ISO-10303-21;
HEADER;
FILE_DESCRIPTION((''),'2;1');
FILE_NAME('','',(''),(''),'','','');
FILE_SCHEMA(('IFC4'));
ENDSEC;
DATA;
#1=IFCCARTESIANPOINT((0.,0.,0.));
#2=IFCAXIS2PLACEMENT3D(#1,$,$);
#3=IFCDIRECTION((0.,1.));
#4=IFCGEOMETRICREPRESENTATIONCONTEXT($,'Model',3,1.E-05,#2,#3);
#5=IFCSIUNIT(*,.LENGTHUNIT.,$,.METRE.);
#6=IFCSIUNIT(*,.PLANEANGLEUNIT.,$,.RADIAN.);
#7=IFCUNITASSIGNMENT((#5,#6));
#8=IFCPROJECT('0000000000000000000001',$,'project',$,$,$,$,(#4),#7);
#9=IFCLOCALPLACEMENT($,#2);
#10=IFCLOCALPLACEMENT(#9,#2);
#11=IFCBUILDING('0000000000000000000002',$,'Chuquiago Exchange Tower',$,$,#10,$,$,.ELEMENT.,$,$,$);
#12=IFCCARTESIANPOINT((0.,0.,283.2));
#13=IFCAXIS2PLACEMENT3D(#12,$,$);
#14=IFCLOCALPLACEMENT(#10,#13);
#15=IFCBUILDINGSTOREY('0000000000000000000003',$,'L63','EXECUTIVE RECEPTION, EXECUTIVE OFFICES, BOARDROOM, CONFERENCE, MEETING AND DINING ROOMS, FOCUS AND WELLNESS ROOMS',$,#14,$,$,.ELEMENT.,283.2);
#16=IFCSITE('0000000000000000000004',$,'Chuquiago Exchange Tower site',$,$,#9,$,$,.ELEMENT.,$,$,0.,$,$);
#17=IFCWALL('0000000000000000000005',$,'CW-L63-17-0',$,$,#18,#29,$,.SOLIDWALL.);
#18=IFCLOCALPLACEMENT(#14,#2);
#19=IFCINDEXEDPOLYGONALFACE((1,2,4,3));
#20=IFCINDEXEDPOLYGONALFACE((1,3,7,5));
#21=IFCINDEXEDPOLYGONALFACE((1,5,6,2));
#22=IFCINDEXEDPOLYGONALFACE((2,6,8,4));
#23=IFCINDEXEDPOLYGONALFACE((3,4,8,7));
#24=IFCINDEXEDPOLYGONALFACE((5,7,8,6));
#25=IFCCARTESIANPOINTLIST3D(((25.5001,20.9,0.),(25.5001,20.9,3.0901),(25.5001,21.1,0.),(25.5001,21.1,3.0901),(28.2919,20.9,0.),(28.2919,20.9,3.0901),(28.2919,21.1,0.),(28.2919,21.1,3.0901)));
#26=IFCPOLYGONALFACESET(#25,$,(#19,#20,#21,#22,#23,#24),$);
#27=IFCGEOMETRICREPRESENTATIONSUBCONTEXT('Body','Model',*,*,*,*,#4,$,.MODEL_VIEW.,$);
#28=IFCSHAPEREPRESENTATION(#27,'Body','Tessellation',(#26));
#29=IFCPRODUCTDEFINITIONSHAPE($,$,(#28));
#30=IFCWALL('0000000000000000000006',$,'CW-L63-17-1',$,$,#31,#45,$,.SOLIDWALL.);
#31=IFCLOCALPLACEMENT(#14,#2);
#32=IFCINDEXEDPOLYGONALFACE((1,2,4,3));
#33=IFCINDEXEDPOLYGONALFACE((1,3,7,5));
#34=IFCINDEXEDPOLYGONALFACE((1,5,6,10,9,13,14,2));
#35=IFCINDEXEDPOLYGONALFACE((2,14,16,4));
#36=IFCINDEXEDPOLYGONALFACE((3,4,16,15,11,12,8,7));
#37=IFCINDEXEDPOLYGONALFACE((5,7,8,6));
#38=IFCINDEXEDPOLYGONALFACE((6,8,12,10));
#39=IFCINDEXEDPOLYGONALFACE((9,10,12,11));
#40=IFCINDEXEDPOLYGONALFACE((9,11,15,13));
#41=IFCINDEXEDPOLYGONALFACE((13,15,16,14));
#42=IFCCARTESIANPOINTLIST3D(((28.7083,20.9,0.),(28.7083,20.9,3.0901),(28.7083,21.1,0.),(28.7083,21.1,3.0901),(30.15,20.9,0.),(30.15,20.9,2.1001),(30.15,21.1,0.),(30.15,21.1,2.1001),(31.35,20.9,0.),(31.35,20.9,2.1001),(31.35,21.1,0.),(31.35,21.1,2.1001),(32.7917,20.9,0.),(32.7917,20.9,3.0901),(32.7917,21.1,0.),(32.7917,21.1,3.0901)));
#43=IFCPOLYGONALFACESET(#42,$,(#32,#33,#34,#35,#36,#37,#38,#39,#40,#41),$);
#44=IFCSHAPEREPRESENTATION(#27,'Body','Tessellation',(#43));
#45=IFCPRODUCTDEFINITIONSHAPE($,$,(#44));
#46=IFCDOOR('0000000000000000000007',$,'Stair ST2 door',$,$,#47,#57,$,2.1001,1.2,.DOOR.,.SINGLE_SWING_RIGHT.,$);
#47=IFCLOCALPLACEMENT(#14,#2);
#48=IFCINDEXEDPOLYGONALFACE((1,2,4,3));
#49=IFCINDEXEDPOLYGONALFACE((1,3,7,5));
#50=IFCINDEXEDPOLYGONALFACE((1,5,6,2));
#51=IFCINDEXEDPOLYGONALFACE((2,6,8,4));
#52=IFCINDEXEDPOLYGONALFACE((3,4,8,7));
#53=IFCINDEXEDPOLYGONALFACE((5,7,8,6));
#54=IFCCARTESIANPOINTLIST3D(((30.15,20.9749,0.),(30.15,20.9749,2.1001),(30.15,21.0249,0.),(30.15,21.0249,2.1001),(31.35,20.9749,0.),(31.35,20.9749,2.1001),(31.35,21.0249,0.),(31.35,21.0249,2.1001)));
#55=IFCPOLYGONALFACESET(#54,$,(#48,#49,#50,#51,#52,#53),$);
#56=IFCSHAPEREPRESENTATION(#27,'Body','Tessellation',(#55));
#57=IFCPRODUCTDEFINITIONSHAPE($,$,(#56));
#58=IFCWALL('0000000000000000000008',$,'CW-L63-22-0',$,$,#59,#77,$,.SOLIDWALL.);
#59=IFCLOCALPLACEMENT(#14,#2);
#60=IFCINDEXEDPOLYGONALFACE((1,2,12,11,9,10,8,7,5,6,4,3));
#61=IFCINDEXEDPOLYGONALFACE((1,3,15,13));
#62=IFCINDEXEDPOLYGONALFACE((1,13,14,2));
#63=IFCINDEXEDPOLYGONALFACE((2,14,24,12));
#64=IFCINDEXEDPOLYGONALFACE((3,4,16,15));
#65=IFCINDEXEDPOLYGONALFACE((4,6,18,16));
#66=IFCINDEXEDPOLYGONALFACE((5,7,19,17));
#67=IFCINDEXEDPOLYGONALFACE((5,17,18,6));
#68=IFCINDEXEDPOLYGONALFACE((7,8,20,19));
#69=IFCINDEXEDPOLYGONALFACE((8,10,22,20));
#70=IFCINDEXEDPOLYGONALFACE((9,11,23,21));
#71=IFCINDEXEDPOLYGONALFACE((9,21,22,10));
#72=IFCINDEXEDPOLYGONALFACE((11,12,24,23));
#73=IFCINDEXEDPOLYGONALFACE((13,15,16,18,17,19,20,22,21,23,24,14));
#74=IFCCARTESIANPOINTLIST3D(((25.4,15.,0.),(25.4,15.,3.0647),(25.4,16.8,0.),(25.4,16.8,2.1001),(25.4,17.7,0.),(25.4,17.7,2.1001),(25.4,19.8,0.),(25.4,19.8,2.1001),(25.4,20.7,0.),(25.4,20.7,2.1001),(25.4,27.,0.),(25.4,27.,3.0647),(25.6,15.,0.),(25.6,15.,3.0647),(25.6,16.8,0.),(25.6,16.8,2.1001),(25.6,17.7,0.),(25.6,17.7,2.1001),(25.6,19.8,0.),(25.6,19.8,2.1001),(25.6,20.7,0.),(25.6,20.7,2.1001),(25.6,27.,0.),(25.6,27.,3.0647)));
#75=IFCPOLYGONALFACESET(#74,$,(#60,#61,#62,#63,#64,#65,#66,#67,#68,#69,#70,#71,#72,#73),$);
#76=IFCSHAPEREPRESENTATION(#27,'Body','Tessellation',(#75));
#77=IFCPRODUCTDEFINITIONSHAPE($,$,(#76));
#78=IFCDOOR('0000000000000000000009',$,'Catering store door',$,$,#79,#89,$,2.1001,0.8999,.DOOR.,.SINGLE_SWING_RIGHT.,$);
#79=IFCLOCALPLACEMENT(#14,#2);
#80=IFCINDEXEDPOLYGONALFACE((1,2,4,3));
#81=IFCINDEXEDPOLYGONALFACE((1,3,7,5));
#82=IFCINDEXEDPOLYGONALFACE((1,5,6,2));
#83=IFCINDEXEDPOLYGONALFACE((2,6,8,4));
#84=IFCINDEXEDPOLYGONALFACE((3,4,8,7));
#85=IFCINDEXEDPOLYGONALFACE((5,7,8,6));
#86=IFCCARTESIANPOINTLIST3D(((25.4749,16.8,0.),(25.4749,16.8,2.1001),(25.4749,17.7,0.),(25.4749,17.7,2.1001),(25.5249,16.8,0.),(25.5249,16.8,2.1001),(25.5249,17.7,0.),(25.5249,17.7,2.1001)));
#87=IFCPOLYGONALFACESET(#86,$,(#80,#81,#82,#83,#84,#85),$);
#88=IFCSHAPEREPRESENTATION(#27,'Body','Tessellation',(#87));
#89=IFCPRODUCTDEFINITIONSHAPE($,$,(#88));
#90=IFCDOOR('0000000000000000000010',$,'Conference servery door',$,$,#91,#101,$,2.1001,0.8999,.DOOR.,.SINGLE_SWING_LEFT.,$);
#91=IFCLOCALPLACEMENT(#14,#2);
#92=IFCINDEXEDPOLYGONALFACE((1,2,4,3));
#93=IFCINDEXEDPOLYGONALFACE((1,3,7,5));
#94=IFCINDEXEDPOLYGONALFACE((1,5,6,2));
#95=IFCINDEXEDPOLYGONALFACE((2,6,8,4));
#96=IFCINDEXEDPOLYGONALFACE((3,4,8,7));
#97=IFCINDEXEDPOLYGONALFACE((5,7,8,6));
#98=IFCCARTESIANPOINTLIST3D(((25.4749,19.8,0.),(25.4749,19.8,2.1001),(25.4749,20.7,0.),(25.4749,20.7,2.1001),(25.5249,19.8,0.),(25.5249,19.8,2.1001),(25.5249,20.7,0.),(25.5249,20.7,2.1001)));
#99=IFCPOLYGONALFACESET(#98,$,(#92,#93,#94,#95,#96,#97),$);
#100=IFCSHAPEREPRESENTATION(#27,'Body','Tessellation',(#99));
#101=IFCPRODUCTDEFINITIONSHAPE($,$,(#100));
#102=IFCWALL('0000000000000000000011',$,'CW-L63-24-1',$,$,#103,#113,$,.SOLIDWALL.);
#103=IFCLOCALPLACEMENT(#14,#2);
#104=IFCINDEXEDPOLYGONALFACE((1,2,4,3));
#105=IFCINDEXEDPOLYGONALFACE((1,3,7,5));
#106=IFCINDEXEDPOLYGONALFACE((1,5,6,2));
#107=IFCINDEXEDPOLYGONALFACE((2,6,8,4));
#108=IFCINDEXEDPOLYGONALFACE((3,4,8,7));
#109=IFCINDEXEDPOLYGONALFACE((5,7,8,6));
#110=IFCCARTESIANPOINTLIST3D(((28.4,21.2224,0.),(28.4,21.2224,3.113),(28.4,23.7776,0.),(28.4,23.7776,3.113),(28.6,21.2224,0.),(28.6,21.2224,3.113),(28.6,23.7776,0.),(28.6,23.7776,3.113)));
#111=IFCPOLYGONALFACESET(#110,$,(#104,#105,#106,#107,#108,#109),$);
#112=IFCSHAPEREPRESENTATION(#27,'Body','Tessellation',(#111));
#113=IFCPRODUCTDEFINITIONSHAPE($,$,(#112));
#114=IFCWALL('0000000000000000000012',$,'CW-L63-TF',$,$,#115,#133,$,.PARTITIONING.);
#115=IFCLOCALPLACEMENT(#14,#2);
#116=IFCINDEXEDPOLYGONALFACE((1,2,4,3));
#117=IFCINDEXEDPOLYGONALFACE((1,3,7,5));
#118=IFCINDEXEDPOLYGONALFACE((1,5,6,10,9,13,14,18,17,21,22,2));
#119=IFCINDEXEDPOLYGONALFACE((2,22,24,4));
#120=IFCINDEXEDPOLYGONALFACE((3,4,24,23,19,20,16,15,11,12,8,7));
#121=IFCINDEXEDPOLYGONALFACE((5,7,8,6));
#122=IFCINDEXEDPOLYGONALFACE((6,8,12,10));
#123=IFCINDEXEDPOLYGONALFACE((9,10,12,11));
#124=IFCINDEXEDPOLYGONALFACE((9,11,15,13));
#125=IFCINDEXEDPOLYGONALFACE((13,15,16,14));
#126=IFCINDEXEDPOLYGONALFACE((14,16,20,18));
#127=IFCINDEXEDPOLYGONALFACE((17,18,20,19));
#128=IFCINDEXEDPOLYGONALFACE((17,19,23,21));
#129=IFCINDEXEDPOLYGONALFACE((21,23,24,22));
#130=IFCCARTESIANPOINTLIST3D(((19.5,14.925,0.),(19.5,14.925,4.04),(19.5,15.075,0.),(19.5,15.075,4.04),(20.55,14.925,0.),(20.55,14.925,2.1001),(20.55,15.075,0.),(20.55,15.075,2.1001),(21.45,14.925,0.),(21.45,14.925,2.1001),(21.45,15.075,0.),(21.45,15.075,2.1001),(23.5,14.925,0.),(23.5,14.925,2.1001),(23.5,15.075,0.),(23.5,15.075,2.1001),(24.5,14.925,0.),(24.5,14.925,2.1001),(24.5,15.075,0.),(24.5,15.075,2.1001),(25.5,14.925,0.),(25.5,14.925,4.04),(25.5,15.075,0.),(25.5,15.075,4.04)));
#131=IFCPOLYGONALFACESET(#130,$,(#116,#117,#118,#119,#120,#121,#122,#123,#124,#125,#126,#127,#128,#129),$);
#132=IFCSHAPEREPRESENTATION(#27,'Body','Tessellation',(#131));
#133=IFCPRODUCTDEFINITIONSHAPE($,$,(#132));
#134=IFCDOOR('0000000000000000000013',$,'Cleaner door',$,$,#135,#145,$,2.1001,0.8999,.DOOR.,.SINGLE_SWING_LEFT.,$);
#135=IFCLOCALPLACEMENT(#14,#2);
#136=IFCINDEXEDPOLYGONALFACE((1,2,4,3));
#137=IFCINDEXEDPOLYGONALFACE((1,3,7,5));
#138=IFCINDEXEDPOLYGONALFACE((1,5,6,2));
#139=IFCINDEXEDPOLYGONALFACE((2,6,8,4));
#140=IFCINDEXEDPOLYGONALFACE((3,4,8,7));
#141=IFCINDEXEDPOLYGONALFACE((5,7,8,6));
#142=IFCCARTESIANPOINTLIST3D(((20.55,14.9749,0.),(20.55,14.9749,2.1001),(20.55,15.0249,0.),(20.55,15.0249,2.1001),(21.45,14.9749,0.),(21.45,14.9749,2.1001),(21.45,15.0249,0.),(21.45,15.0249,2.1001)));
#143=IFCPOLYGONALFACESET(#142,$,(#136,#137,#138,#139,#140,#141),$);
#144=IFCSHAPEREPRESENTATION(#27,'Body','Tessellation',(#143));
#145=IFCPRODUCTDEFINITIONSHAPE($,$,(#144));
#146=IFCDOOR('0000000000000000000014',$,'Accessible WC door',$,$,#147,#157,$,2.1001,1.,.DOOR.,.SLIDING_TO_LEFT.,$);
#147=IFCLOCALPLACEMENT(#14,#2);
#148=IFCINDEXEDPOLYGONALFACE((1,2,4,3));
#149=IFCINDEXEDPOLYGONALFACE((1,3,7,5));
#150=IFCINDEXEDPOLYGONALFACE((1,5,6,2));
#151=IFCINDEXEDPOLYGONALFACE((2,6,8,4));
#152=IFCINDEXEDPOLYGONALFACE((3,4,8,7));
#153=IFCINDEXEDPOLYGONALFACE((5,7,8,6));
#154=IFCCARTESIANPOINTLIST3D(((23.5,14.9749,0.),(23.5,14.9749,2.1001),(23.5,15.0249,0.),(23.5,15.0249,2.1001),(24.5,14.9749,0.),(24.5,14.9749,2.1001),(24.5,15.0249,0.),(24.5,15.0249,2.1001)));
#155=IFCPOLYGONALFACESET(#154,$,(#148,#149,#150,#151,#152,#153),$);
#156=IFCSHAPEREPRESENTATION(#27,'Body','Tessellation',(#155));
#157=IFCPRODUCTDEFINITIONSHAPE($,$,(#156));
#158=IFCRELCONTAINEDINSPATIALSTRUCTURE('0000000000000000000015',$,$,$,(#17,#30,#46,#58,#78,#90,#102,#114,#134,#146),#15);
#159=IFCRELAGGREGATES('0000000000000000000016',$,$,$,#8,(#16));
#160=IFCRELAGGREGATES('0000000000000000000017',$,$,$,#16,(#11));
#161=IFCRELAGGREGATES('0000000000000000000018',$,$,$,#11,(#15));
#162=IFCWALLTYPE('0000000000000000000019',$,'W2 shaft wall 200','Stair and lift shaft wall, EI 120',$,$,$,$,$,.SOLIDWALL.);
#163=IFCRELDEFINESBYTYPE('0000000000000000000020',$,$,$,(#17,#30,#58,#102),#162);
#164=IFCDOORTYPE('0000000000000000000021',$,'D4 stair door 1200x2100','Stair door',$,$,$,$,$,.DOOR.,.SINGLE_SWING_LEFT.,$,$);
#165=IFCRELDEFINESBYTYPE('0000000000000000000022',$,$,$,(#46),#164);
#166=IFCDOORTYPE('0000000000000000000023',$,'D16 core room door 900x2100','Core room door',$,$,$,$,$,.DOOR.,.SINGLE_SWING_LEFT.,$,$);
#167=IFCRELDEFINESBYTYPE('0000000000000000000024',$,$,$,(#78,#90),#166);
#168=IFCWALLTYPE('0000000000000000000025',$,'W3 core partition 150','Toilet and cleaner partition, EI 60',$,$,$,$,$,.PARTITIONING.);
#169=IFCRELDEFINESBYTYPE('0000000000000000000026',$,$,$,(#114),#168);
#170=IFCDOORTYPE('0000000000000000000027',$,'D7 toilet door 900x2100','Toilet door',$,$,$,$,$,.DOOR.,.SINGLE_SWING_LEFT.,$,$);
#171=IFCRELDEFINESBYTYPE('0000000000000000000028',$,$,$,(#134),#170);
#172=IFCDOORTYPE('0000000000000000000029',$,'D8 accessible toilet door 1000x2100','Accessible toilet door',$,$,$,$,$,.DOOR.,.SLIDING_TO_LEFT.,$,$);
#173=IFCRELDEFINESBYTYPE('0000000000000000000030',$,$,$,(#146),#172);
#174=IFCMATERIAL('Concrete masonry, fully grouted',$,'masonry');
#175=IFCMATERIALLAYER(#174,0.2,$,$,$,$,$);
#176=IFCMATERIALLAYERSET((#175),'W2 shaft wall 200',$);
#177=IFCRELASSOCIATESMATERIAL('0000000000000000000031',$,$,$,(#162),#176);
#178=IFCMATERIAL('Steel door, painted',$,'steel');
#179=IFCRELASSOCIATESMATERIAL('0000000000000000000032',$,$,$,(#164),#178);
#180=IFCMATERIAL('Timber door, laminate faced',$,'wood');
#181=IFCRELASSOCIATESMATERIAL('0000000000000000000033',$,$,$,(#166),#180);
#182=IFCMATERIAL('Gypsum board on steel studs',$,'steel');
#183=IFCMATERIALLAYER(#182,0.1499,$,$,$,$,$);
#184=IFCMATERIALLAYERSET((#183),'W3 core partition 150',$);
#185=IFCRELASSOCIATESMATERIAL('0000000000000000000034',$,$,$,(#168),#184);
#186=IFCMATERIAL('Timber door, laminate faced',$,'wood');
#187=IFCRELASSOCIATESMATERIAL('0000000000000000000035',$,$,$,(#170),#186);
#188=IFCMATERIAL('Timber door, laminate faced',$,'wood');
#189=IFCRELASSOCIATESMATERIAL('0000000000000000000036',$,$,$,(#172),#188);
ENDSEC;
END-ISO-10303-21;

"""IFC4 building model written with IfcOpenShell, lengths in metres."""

from ifc_helpers import new_model, si_unit, direction, frame, frame_2d, origin, place, context, subcontext, project, spatial, rectangle, extrude, material, layer, layer_set, type_object, element, fill, save


model = new_model("IFC4")

# Units and contexts
model_context = context("Model", 3, precision=1e-05, world=origin(), true_north=direction((0.0, 1.0)))
body_context = subcontext(model_context, "Body", "Model", "MODEL_VIEW")
ifc_project = project(units=[si_unit("LENGTHUNIT", "METRE"), si_unit("PLANEANGLEUNIT", "RADIAN")], contexts=[model_context])

# Site, building, storey
site_placement = place(None, origin())
site = spatial("IfcSite", under=ifc_project, at=site_placement, Name="Chuquiago Exchange Tower site", CompositionType="ELEMENT", RefElevation=0.0)
building_placement = place(site_placement, origin())
building = spatial("IfcBuilding", under=site, at=building_placement, Name="Chuquiago Exchange Tower", CompositionType="ELEMENT")
storey_placement = place(building_placement, frame((0.0, 0.0, 283.2)))
storey = spatial("IfcBuildingStorey", under=building, at=storey_placement, Name="L63", Description="EXECUTIVE RECEPTION, EXECUTIVE OFFICES, BOARDROOM, CONFERENCE, MEETING AND DINING ROOMS, FOCUS AND WELLNESS ROOMS", CompositionType="ELEMENT", Elevation=283.2)

# Shared definitions
ifc_material_1 = material(Name="Concrete masonry, fully grouted", Category="masonry")
ifc_layer_1 = layer(ifc_material_1, 0.2)
ifc_layer_set_1 = layer_set([ifc_layer_1], Name="W2 shaft wall 200")
wall_type_1 = type_object("IfcWallType", Name="W2 shaft wall 200", Description="Stair and lift shaft wall, EI 120", PredefinedType="SOLIDWALL", material=ifc_layer_set_1)

# Wall
wall_1_placement = place(storey_placement, frame((25.5, 21.0, 0.0), z_axis=(0.0, 0.0, 1.0), x_axis=(1.0, 0.0, 0.0)))
element("IfcWall", 1, at=wall_1_placement, inside=storey, type_object=wall_type_1, Name="CW-L63-17-0", PredefinedType="SOLIDWALL", context=body_context, shape_type="SweptSolid", body=[
    extrude(rectangle(XDim=2.7917, YDim=0.2, at=frame_2d((1.396, 0.0))), origin(), (0.0, 0.0, 1.0), 3.0901),
])

# Wall, opening, door
wall_2_placement = place(storey_placement, frame((28.7083, 21.0, 0.0), z_axis=(0.0, 0.0, 1.0), x_axis=(1.0, 0.0, 0.0)))
wall_2 = element("IfcWall", 2, at=wall_2_placement, inside=storey, type_object=wall_type_1, Name="CW-L63-17-1", PredefinedType="SOLIDWALL", context=body_context, shape_type="SweptSolid", body=[
    extrude(rectangle(XDim=4.0835, YDim=0.2, at=frame_2d((2.0417, 0.0))), origin(), (0.0, 0.0, 1.0), 3.0901),
])
opening_1_placement = place(wall_2_placement, frame((1.4417, 0.0, 0.0)))
opening_1 = element("IfcOpeningElement", 3, at=opening_1_placement, cuts=wall_2, PredefinedType="OPENING", context=body_context, shape_type="SweptSolid", body=[
    extrude(rectangle(XDim=1.2, YDim=2.1001, at=frame_2d((0.6001, 1.05))), frame((0.0, 0.1099, 0.0), z_axis=(0.0, -1.0, 0.0), x_axis=(1.0, 0.0, 0.0)), (0.0, 0.0, 1.0), 0.22),
])
ifc_material_2 = material(Name="Steel door, painted", Category="steel")
door_type_1 = type_object("IfcDoorType", Name="D4 stair door 1200x2100", Description="Stair door", OperationType="SINGLE_SWING_LEFT", PredefinedType="DOOR", material=ifc_material_2)
door_1_placement = place(opening_1_placement, origin())
door_1 = element("IfcDoor", 4, at=door_1_placement, inside=storey, type_object=door_type_1, Name="Stair ST2 door", OperationType="SINGLE_SWING_RIGHT", OverallHeight=2.1001, OverallWidth=1.2, PredefinedType="DOOR", context=body_context, shape_type="SweptSolid", body=[
    extrude(rectangle(XDim=1.2, YDim=2.1001, at=frame_2d((0.6001, 1.05))), frame((0.0, 0.0249, 0.0), z_axis=(0.0, -1.0, 0.0), x_axis=(1.0, 0.0, 0.0)), (0.0, 0.0, 1.0), 0.05),
])
fill(opening_1, door_1)

# Wall, openings, doors
wall_3_placement = place(storey_placement, frame((25.5, 15.0, 0.0), z_axis=(0.0, 0.0, 1.0), x_axis=(0.0, 1.0, 0.0)))
wall_3 = element("IfcWall", 5, at=wall_3_placement, inside=storey, type_object=wall_type_1, Name="CW-L63-22-0", PredefinedType="SOLIDWALL", context=body_context, shape_type="SweptSolid", body=[
    extrude(rectangle(XDim=12.0, YDim=0.2, at=frame_2d((6.0, 0.0))), origin(), (0.0, 0.0, 1.0), 3.0647),
])
opening_2_placement = place(wall_3_placement, frame((1.8, 0.0, 0.0)))
opening_2 = element("IfcOpeningElement", 6, at=opening_2_placement, cuts=wall_3, PredefinedType="OPENING", context=body_context, shape_type="SweptSolid", body=[
    extrude(rectangle(XDim=0.8999, YDim=2.1001, at=frame_2d((0.45, 1.05))), frame((0.0, 0.1099, 0.0), z_axis=(0.0, -1.0, 0.0), x_axis=(1.0, 0.0, 0.0)), (0.0, 0.0, 1.0), 0.22),
])
opening_3_placement = place(wall_3_placement, frame((4.8, 0.0, 0.0)))
opening_3 = element("IfcOpeningElement", 7, at=opening_3_placement, cuts=wall_3, PredefinedType="OPENING", context=body_context, shape_type="SweptSolid", body=[
    extrude(rectangle(XDim=0.8999, YDim=2.1001, at=frame_2d((0.45, 1.05))), frame((0.0, 0.1099, 0.0), z_axis=(0.0, -1.0, 0.0), x_axis=(1.0, 0.0, 0.0)), (0.0, 0.0, 1.0), 0.22),
])
ifc_material_3 = material(Name="Timber door, laminate faced", Category="wood")
door_type_2 = type_object("IfcDoorType", Name="D16 core room door 900x2100", Description="Core room door", OperationType="SINGLE_SWING_LEFT", PredefinedType="DOOR", material=ifc_material_3)
door_2_placement = place(opening_2_placement, frame((0.8999, 0.0, 0.0), z_axis=(0.0, 0.0, 1.0), x_axis=(-1.0, 0.0, 0.0)))
door_2 = element("IfcDoor", 8, at=door_2_placement, inside=storey, type_object=door_type_2, Name="Catering store door", OperationType="SINGLE_SWING_RIGHT", OverallHeight=2.1001, OverallWidth=0.8999, PredefinedType="DOOR", context=body_context, shape_type="SweptSolid", body=[
    extrude(rectangle(XDim=0.8999, YDim=2.1001, at=frame_2d((0.45, 1.05))), frame((0.0, 0.0249, 0.0), z_axis=(0.0, -1.0, 0.0), x_axis=(1.0, 0.0, 0.0)), (0.0, 0.0, 1.0), 0.05),
])
fill(opening_2, door_2)
door_3_placement = place(opening_3_placement, frame((0.8999, 0.0, 0.0), z_axis=(0.0, 0.0, 1.0), x_axis=(-1.0, 0.0, 0.0)))
door_3 = element("IfcDoor", 9, at=door_3_placement, inside=storey, type_object=door_type_2, Name="Conference servery door", OperationType="SINGLE_SWING_LEFT", OverallHeight=2.1001, OverallWidth=0.8999, PredefinedType="DOOR", context=body_context, shape_type="SweptSolid", body=[
    extrude(rectangle(XDim=0.8999, YDim=2.1001, at=frame_2d((0.45, 1.05))), frame((0.0, 0.0249, 0.0), z_axis=(0.0, -1.0, 0.0), x_axis=(1.0, 0.0, 0.0)), (0.0, 0.0, 1.0), 0.05),
])
fill(opening_3, door_3)

# Wall
wall_4_placement = place(storey_placement, frame((28.5, 21.2224, 0.0), z_axis=(0.0, 0.0, 1.0), x_axis=(0.0, 1.0, 0.0)))
element("IfcWall", 10, at=wall_4_placement, inside=storey, type_object=wall_type_1, Name="CW-L63-24-1", PredefinedType="SOLIDWALL", context=body_context, shape_type="SweptSolid", body=[
    extrude(rectangle(XDim=2.5552, YDim=0.2, at=frame_2d((1.2776, 0.0))), origin(), (0.0, 0.0, 1.0), 3.113),
])

# Wall, openings, doors
ifc_material_4 = material(Name="Gypsum board on steel studs", Category="steel")
ifc_layer_2 = layer(ifc_material_4, 0.1499)
ifc_layer_set_2 = layer_set([ifc_layer_2], Name="W3 core partition 150")
wall_type_2 = type_object("IfcWallType", Name="W3 core partition 150", Description="Toilet and cleaner partition, EI 60", PredefinedType="PARTITIONING", material=ifc_layer_set_2)
wall_5_placement = place(storey_placement, frame((19.5, 15.0, 0.0), z_axis=(0.0, 0.0, 1.0), x_axis=(1.0, 0.0, 0.0)))
wall_5 = element("IfcWall", 11, at=wall_5_placement, inside=storey, type_object=wall_type_2, Name="CW-L63-TF", PredefinedType="PARTITIONING", context=body_context, shape_type="SweptSolid", body=[
    extrude(rectangle(XDim=6.0, YDim=0.1499, at=frame_2d((3.0, 0.0))), origin(), (0.0, 0.0, 1.0), 4.04),
])
opening_4_placement = place(wall_5_placement, frame((4.0, 0.0, 0.0)))
opening_4 = element("IfcOpeningElement", 12, at=opening_4_placement, cuts=wall_5, PredefinedType="OPENING", context=body_context, shape_type="SweptSolid", body=[
    extrude(rectangle(XDim=1.0, YDim=2.1001, at=frame_2d((0.5, 1.05))), frame((0.0, 0.085, 0.0), z_axis=(0.0, -1.0, 0.0), x_axis=(1.0, 0.0, 0.0)), (0.0, 0.0, 1.0), 0.1699),
])
opening_5_placement = place(wall_5_placement, frame((1.05, 0.0, 0.0)))
opening_5 = element("IfcOpeningElement", 13, at=opening_5_placement, cuts=wall_5, PredefinedType="OPENING", context=body_context, shape_type="SweptSolid", body=[
    extrude(rectangle(XDim=0.8999, YDim=2.1001, at=frame_2d((0.45, 1.05))), frame((0.0, 0.085, 0.0), z_axis=(0.0, -1.0, 0.0), x_axis=(1.0, 0.0, 0.0)), (0.0, 0.0, 1.0), 0.1699),
])
ifc_material_5 = material(Name="Timber door, laminate faced", Category="wood")
door_type_3 = type_object("IfcDoorType", Name="D7 toilet door 900x2100", Description="Toilet door", OperationType="SINGLE_SWING_LEFT", PredefinedType="DOOR", material=ifc_material_5)
door_4_placement = place(opening_5_placement, origin())
door_4 = element("IfcDoor", 14, at=door_4_placement, inside=storey, type_object=door_type_3, Name="Cleaner door", OperationType="SINGLE_SWING_LEFT", OverallHeight=2.1001, OverallWidth=0.8999, PredefinedType="DOOR", context=body_context, shape_type="SweptSolid", body=[
    extrude(rectangle(XDim=0.8999, YDim=2.1001, at=frame_2d((0.45, 1.05))), frame((0.0, 0.0249, 0.0), z_axis=(0.0, -1.0, 0.0), x_axis=(1.0, 0.0, 0.0)), (0.0, 0.0, 1.0), 0.05),
])
fill(opening_5, door_4)
ifc_material_6 = material(Name="Timber door, laminate faced", Category="wood")
door_type_4 = type_object("IfcDoorType", Name="D8 accessible toilet door 1000x2100", Description="Accessible toilet door", OperationType="SLIDING_TO_LEFT", PredefinedType="DOOR", material=ifc_material_6)
door_5_placement = place(opening_4_placement, origin())
door_5 = element("IfcDoor", 15, at=door_5_placement, inside=storey, type_object=door_type_4, Name="Accessible WC door", OperationType="SLIDING_TO_LEFT", OverallHeight=2.1001, OverallWidth=1.0, PredefinedType="DOOR", context=body_context, shape_type="SweptSolid", body=[
    extrude(rectangle(XDim=1.0, YDim=2.1001, at=frame_2d((0.5, 1.05))), frame((0.0, 0.0249, 0.0), z_axis=(0.0, -1.0, 0.0), x_axis=(1.0, 0.0, 0.0)), (0.0, 0.0, 1.0), 0.05),
])
fill(opening_4, door_5)

save(model, "model.ifc")
